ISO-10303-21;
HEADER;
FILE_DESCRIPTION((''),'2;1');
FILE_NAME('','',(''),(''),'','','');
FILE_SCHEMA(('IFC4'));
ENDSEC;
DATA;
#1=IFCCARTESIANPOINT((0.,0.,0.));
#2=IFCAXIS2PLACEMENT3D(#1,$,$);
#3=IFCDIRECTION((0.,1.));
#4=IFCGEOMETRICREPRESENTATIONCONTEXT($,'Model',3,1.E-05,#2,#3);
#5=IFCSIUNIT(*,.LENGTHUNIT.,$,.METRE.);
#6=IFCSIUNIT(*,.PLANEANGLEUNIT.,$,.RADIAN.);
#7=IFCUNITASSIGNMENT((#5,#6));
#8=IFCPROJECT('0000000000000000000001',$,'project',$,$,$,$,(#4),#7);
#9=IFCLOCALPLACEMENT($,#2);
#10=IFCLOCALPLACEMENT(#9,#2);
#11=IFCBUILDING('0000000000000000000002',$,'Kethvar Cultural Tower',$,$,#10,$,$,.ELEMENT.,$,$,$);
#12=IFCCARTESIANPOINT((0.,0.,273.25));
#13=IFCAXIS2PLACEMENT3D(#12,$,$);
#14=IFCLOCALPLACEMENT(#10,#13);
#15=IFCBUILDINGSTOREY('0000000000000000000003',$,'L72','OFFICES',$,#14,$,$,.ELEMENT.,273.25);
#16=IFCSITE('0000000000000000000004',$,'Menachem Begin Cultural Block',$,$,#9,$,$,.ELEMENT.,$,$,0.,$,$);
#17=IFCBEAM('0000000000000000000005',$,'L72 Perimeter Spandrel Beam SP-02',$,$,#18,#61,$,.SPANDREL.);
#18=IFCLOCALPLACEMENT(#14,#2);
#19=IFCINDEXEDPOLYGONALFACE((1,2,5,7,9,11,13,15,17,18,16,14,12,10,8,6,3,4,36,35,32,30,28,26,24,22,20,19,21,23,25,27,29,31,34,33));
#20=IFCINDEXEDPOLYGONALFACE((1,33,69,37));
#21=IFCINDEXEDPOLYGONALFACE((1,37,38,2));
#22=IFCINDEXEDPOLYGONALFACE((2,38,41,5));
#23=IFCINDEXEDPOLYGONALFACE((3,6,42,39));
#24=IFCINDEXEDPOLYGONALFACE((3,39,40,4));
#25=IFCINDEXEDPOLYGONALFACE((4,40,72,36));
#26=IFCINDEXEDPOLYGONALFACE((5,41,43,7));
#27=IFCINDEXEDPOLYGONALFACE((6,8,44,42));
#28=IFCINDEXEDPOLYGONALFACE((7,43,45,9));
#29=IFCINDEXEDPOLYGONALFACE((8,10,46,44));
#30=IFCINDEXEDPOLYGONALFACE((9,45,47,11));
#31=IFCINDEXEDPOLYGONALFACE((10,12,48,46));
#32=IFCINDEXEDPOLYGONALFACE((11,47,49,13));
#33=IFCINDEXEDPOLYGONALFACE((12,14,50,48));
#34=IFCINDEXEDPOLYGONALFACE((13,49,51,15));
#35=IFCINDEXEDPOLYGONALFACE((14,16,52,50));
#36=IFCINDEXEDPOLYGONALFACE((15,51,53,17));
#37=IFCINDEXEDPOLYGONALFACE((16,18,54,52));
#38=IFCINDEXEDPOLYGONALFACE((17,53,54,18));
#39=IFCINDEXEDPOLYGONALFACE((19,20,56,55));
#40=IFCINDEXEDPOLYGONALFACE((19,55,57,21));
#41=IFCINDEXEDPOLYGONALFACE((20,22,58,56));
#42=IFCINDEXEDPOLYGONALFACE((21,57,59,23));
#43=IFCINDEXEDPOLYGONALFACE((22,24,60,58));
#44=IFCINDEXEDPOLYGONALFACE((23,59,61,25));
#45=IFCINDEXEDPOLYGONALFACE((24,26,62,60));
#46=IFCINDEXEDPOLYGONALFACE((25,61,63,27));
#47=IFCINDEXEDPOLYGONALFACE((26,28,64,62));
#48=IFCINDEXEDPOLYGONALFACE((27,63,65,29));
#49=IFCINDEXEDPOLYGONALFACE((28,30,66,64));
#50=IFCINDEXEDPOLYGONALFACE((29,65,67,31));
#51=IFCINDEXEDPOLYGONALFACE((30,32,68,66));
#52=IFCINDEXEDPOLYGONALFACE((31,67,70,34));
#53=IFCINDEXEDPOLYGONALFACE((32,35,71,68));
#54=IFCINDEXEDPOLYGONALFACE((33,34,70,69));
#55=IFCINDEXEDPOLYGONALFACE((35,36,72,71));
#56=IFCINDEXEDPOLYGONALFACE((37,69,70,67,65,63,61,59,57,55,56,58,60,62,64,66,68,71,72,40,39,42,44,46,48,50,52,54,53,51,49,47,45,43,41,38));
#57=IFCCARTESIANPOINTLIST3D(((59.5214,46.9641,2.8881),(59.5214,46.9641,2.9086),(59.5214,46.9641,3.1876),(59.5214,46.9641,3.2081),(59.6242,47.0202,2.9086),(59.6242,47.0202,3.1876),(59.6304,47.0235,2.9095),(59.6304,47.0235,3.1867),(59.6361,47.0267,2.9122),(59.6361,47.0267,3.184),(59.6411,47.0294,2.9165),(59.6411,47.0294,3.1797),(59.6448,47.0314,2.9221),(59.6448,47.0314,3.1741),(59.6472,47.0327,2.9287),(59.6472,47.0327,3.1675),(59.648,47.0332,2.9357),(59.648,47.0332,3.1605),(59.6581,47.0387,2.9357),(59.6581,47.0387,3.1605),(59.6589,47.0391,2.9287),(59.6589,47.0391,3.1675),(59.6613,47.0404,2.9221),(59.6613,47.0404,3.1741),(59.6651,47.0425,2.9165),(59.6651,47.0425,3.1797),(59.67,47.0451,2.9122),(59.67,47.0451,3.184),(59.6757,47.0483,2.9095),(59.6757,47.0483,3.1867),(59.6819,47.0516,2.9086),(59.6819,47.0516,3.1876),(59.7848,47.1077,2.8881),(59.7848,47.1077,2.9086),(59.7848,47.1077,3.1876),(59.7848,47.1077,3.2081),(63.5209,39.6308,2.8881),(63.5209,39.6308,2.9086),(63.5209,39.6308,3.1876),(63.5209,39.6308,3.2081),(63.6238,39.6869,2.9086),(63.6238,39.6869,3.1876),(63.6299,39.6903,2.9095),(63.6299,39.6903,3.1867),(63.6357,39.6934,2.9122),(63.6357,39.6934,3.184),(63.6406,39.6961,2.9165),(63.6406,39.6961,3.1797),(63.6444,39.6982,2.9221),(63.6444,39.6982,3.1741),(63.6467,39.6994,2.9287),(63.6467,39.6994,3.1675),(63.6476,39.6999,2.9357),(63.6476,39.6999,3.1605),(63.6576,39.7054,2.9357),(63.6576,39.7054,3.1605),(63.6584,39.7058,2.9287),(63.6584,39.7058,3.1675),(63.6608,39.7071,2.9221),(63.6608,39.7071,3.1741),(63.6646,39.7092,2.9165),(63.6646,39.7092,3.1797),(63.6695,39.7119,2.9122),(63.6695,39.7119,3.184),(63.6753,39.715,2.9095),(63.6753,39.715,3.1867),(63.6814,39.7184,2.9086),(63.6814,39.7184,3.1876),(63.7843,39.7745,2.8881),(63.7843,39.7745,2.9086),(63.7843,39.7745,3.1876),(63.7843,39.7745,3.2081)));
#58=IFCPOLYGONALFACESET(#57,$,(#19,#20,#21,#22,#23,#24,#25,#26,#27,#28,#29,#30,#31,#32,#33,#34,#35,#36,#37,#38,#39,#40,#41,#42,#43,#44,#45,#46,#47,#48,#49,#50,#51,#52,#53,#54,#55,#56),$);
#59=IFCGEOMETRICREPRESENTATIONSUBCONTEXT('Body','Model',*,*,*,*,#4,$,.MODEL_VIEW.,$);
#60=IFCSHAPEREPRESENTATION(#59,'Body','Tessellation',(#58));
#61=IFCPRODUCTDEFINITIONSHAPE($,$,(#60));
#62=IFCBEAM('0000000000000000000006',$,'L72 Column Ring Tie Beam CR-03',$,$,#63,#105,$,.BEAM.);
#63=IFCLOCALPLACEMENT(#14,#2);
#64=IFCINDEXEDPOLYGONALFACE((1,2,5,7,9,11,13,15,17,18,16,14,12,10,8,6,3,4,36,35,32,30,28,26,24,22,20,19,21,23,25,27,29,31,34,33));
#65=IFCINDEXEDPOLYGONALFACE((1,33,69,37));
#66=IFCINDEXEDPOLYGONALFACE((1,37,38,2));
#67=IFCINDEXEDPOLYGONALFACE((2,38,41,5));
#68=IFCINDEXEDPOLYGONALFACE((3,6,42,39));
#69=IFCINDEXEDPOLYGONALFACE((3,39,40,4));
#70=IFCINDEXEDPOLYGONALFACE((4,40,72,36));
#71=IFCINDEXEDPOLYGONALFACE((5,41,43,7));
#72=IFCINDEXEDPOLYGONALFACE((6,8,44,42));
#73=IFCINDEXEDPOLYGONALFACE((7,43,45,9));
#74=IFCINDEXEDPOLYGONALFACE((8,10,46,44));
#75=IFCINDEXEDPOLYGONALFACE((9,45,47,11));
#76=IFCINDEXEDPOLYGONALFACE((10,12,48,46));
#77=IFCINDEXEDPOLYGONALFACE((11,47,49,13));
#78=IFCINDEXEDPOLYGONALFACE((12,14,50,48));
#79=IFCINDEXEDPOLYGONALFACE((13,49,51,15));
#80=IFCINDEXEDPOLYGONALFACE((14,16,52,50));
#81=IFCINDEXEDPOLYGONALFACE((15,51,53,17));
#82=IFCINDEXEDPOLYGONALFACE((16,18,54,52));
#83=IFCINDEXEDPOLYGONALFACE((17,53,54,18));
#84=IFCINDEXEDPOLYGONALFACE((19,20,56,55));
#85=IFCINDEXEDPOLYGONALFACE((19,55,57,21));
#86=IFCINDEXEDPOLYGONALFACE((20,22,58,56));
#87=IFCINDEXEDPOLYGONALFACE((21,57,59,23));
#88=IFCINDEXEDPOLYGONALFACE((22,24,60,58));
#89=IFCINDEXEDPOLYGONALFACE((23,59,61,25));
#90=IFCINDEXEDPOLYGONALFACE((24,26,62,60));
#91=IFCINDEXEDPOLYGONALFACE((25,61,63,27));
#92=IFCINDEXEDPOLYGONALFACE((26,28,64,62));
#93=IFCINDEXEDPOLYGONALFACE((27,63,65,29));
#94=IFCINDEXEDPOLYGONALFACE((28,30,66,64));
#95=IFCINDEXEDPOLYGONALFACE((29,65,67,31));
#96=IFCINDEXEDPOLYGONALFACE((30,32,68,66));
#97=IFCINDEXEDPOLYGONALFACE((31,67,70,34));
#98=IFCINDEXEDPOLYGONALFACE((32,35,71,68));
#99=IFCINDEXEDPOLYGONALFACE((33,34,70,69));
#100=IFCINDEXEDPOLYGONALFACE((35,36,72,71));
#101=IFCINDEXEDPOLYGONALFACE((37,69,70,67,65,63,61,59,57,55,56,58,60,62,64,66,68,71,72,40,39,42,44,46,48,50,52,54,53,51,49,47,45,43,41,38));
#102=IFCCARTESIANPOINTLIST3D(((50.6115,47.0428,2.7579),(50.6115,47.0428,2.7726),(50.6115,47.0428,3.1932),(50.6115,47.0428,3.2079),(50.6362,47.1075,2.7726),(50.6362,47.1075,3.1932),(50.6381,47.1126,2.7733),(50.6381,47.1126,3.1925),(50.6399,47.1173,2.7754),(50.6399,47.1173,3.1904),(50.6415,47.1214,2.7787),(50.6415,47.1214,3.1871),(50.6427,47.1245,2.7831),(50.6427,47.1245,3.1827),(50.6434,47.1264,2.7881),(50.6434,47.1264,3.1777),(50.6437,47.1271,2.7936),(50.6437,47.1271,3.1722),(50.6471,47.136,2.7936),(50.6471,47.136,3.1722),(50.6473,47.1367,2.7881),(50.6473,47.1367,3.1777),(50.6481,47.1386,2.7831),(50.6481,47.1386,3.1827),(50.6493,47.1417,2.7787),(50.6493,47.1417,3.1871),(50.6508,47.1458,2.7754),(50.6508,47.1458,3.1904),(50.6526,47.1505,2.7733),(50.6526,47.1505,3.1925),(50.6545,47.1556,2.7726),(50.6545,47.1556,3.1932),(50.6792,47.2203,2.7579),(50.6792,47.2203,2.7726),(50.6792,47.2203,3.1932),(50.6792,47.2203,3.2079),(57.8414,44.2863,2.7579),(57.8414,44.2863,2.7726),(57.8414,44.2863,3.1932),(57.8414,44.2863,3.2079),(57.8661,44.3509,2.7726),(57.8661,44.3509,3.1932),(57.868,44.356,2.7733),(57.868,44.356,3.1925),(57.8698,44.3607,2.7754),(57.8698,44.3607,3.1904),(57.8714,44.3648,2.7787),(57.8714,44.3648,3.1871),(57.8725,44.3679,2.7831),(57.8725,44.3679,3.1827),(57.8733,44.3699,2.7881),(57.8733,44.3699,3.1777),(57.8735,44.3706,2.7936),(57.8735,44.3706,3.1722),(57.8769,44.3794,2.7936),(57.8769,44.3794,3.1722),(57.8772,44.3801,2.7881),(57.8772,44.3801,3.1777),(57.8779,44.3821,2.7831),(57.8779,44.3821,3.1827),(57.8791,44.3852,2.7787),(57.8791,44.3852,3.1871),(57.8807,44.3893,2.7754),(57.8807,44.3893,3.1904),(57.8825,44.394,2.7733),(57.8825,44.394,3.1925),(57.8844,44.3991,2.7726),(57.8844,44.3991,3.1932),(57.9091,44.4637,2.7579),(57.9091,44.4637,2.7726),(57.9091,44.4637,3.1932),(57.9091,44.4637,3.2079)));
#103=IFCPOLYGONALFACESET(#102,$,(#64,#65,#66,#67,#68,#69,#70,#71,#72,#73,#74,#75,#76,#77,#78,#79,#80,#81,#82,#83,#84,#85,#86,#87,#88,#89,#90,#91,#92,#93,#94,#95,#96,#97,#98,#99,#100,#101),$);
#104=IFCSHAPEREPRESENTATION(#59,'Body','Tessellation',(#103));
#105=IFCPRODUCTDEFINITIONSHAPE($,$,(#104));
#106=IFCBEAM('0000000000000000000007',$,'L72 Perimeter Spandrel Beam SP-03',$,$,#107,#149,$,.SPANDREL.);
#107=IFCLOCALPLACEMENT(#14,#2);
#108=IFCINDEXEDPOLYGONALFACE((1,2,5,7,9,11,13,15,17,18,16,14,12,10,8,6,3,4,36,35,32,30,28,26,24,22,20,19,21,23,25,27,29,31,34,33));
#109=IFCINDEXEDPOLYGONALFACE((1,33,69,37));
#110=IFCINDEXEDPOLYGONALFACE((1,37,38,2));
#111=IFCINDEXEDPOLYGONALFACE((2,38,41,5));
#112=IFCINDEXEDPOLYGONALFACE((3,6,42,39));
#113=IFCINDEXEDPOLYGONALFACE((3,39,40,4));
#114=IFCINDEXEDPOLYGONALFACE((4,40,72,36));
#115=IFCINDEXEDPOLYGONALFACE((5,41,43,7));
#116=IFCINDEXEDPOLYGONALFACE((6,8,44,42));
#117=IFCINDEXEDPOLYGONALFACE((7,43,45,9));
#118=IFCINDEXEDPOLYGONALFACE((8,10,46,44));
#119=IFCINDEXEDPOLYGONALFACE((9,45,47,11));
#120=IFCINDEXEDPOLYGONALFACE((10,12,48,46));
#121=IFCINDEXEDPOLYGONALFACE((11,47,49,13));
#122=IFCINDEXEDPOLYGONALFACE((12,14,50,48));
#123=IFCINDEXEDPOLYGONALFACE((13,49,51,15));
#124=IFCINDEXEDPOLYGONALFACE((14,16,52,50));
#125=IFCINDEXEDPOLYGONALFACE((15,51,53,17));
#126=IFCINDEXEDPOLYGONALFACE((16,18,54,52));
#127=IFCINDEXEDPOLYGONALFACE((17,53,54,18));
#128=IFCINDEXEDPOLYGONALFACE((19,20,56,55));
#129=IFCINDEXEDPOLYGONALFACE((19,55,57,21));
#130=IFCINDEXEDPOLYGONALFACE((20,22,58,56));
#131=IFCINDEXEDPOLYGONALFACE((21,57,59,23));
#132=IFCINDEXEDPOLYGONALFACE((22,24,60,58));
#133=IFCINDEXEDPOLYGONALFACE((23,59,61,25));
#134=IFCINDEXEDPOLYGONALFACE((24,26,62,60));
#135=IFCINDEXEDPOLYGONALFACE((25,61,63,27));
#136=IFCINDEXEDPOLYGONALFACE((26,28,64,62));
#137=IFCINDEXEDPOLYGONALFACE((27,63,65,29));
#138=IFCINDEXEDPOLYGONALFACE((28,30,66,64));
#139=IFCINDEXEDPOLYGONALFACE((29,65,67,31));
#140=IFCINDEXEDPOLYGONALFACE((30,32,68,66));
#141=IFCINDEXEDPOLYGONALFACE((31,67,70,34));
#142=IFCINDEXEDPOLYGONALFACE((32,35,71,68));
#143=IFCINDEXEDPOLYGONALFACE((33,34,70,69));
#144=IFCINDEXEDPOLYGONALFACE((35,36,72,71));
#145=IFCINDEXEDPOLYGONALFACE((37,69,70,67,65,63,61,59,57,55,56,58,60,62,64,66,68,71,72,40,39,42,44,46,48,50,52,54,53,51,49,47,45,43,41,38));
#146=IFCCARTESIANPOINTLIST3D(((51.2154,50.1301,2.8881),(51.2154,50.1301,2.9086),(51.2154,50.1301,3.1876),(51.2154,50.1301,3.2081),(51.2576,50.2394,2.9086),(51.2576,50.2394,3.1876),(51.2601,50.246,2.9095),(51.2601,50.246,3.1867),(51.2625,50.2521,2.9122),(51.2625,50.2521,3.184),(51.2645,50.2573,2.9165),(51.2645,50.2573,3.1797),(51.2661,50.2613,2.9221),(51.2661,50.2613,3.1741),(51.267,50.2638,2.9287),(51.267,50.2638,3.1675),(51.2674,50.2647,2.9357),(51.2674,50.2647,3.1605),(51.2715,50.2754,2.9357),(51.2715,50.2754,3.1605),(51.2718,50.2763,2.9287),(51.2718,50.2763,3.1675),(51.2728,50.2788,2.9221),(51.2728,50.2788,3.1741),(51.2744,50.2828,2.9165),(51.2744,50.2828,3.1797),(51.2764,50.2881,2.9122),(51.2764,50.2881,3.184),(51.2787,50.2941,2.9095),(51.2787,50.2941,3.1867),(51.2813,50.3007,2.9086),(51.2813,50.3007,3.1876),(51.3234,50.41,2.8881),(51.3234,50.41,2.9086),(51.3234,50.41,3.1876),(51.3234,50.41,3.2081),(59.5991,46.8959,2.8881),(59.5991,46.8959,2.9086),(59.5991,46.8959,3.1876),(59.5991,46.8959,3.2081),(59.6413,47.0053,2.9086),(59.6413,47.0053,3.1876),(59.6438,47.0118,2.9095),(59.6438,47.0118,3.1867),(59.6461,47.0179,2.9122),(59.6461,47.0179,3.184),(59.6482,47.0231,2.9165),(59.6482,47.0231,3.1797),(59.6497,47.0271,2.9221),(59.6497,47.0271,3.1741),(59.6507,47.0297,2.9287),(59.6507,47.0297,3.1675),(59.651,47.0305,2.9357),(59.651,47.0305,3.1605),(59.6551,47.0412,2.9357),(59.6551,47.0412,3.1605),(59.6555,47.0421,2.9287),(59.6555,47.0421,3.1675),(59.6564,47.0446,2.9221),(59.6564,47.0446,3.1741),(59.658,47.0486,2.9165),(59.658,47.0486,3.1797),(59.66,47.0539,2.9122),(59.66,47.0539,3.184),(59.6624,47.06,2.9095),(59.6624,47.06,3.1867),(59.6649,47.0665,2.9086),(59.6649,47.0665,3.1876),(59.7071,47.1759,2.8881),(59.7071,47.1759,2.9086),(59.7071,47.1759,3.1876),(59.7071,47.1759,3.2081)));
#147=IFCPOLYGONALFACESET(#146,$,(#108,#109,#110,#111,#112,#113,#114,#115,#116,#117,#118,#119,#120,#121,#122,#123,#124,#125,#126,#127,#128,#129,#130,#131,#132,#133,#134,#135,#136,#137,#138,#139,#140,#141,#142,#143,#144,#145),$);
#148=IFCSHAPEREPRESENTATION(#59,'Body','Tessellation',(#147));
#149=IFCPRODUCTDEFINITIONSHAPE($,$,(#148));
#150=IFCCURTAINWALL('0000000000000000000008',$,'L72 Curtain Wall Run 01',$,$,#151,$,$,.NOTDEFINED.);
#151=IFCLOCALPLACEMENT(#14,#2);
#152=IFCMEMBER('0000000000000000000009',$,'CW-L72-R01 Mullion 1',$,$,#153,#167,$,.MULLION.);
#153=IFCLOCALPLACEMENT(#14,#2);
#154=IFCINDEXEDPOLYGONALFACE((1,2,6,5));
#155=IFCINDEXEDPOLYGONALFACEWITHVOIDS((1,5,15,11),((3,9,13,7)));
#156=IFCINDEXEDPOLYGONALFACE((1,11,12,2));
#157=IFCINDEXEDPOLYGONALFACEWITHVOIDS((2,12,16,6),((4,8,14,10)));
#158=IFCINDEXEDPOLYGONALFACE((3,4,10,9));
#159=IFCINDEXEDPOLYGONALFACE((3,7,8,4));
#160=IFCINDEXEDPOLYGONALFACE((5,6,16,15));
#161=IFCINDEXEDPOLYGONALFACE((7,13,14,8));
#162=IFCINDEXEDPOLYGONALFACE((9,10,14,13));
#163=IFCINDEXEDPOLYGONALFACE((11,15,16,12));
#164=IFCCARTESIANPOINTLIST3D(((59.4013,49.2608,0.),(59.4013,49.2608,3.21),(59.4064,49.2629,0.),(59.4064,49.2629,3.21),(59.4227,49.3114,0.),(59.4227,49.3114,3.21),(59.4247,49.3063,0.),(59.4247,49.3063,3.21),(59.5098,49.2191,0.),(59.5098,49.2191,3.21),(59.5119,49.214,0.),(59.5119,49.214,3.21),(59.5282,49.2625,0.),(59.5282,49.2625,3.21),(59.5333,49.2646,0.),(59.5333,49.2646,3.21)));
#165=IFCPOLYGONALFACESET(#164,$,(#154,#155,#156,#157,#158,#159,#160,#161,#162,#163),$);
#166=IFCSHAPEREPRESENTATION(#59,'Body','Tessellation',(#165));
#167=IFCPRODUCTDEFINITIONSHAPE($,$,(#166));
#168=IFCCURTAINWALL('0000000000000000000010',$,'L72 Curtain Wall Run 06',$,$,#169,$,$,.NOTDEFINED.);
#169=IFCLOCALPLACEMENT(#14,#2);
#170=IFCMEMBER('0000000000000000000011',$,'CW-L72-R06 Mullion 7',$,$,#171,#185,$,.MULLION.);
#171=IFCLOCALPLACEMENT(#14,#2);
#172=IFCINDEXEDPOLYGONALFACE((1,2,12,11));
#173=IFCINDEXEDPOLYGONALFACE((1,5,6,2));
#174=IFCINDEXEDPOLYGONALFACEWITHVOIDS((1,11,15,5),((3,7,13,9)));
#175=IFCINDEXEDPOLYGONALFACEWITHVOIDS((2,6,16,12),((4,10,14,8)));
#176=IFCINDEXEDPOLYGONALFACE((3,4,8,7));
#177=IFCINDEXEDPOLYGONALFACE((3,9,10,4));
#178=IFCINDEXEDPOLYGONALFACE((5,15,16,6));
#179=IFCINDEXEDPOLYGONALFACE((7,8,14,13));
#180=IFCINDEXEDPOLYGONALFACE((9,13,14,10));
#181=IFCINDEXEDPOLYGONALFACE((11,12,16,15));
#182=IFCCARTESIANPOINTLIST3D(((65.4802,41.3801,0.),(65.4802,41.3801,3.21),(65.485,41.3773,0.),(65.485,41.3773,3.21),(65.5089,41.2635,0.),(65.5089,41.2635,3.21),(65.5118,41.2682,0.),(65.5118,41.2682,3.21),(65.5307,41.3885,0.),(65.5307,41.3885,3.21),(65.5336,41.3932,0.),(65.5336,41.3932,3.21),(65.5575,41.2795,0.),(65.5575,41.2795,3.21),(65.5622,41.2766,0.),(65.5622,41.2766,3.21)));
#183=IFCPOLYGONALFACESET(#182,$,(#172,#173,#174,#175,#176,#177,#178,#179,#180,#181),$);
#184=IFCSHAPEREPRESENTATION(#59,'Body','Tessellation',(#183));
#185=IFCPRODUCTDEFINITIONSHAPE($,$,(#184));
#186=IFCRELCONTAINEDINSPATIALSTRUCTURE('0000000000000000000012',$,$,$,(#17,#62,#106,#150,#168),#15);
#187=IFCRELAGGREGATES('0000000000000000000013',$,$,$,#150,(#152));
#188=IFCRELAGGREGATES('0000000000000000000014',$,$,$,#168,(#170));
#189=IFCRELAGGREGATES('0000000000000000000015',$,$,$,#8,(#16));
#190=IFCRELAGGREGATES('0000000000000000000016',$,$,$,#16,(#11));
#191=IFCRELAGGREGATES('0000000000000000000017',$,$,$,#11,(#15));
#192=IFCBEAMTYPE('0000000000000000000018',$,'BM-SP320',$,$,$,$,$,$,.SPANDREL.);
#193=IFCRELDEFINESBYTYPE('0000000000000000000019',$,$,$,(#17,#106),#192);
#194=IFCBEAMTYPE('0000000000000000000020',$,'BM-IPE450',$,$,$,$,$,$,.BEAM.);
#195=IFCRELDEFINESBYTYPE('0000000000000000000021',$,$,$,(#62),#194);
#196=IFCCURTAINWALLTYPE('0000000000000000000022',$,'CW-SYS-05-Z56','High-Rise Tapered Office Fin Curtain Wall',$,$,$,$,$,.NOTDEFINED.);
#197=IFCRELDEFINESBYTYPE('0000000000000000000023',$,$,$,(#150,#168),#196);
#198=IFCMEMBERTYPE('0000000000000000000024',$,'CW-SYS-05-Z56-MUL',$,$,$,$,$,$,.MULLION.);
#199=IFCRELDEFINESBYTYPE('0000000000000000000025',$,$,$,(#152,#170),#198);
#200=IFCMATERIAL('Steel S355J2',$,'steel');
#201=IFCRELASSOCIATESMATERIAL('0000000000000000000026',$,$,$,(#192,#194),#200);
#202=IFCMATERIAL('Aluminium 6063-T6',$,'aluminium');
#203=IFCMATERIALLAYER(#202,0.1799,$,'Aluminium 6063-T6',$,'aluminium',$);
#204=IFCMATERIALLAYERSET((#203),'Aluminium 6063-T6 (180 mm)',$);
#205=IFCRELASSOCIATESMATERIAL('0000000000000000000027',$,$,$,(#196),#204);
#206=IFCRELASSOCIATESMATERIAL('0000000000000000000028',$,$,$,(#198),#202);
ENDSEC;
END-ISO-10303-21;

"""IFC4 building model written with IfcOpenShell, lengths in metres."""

from ifc_helpers import new_model, si_unit, direction, frame, origin, origin_2d, place, context, subcontext, project, spatial, hollow_rectangle, i_section, extrude, source, transform, mapped, material, layer, layer_set, material_profile, profile_set, type_object, element, aggregate, save


model = new_model("IFC4")

# Units and contexts
model_context = context("Model", 3, precision=1e-05, world=origin(), true_north=direction((0.0, 1.0)))
body_context = subcontext(model_context, "Body", "Model", "MODEL_VIEW")
ifc_project = project(units=[si_unit("LENGTHUNIT", "METRE"), si_unit("PLANEANGLEUNIT", "RADIAN")], contexts=[model_context])

# Site, building, storey
site_placement = place(None, origin())
site = spatial("IfcSite", under=ifc_project, at=site_placement, Name="Menachem Begin Cultural Block", CompositionType="ELEMENT", RefElevation=0.0)
building_placement = place(site_placement, origin())
building = spatial("IfcBuilding", under=site, at=building_placement, Name="Kethvar Cultural Tower", CompositionType="ELEMENT")
storey_placement = place(building_placement, frame((0.0, 0.0, 273.25)))
storey = spatial("IfcBuildingStorey", under=building, at=storey_placement, Name="L72", Description="OFFICES", CompositionType="ELEMENT", Elevation=273.25)

# Beams
ifc_material_1 = material(Name="Steel S355J2", Category="steel")
ifc_material_profile_1 = material_profile(ifc_material_1, i_section(OverallWidth=0.3, OverallDepth=0.3201, WebThickness=0.0115, FlangeThickness=0.0205, FilletRadius=0.0271, at=origin_2d()), Name="Steel S355J2 — HEB320")
ifc_profile_set_1 = profile_set([ifc_material_profile_1], Name="Steel S355J2 — HEB320")
beam_type_1 = type_object("IfcBeamType", Name="BM-SP320", PredefinedType="SPANDREL", material=ifc_profile_set_1)
shared_shape_1 = source(origin(), body_context, "Body", "SweptSolid", [
    extrude(i_section(OverallWidth=0.3, OverallDepth=0.3201, WebThickness=0.0115, FlangeThickness=0.0205, FilletRadius=0.0271, at=origin_2d()), origin(), (0.0, 0.0, 1.0), 8.353),
])
beam_1_placement = place(storey_placement, frame((63.6526, 39.7026, 3.0481), z_axis=(-0.478811, 0.877918, 0.0), x_axis=(-0.877918, -0.478811, 0.0)))
element("IfcBeam", 1, at=beam_1_placement, inside=storey, type_object=beam_type_1, Name="L72 Perimeter Spandrel Beam SP-02", PredefinedType="SPANDREL", context=body_context, shape_type="MappedRepresentation", body=[
    mapped(shared_shape_1, transform((0.0, 0.0, 0.0), scale=1.0)),
])
ifc_material_profile_2 = material_profile(ifc_material_1, i_section(OverallWidth=0.1899, OverallDepth=0.45, WebThickness=0.0095, FlangeThickness=0.0146, FilletRadius=0.021, at=origin_2d()), Name="Steel S355J2 — IPE450")
ifc_profile_set_2 = profile_set([ifc_material_profile_2], Name="Steel S355J2 — IPE450")
beam_type_2 = type_object("IfcBeamType", Name="BM-IPE450", PredefinedType="BEAM", material=ifc_profile_set_2)
shared_shape_2 = source(origin(), body_context, "Body", "SweptSolid", [
    extrude(i_section(OverallWidth=0.1899, OverallDepth=0.45, WebThickness=0.0095, FlangeThickness=0.0146, FilletRadius=0.021, at=origin_2d()), origin(), (0.0, 0.0, 1.0), 7.7375),
])
beam_2_placement = place(storey_placement, frame((57.8752, 44.375, 2.9829), z_axis=(-0.934388, 0.356256, 0.0), x_axis=(-0.356256, -0.934388, 0.0)))
element("IfcBeam", 2, at=beam_2_placement, inside=storey, type_object=beam_type_2, Name="L72 Column Ring Tie Beam CR-03", PredefinedType="BEAM", context=body_context, shape_type="MappedRepresentation", body=[
    mapped(shared_shape_2, transform((0.0, 0.0, 0.0), scale=1.0)),
])
shared_shape_3 = source(origin(), body_context, "Body", "SweptSolid", [
    extrude(i_section(OverallWidth=0.3, OverallDepth=0.3201, WebThickness=0.0115, FlangeThickness=0.0205, FilletRadius=0.0271, at=origin_2d()), origin(), (0.0, 0.0, 1.0), 8.9858),
])
beam_3_placement = place(storey_placement, frame((59.6531, 47.0359, 3.0481), z_axis=(-0.932984, 0.359918, 0.0), x_axis=(-0.359918, -0.932984, 0.0)))
element("IfcBeam", 3, at=beam_3_placement, inside=storey, type_object=beam_type_1, Name="L72 Perimeter Spandrel Beam SP-03", PredefinedType="SPANDREL", context=body_context, shape_type="MappedRepresentation", body=[
    mapped(shared_shape_3, transform((0.0, 0.0, 0.0), scale=1.0)),
])

# Curtain walls, members
ifc_material_2 = material(Name="Aluminium 6063-T6", Category="aluminium")
ifc_layer_1 = layer(ifc_material_2, 0.1799, Name="Aluminium 6063-T6", Category="aluminium")
ifc_layer_set_1 = layer_set([ifc_layer_1], Name="Aluminium 6063-T6 (180 mm)")
curtain_wall_type = type_object("IfcCurtainWallType", Name="CW-SYS-05-Z56", Description="High-Rise Tapered Office Fin Curtain Wall", PredefinedType="NOTDEFINED", material=ifc_layer_set_1)
curtain_wall_1_placement = place(storey_placement, origin())
curtain_wall_1 = element("IfcCurtainWall", 4, at=curtain_wall_1_placement, inside=storey, type_object=curtain_wall_type, Name="L72 Curtain Wall Run 01", PredefinedType="NOTDEFINED")
ifc_material_profile_3 = material_profile(ifc_material_2, hollow_rectangle(XDim=0.0549, YDim=0.1201, WallThickness=0.0039, at=origin_2d()), Name="Aluminium 6063-T6 — RHS120x55x4")
ifc_profile_set_3 = profile_set([ifc_material_profile_3], Name="Aluminium 6063-T6 — RHS120x55x4")
member_type_1 = type_object("IfcMemberType", Name="CW-SYS-05-Z56-MUL", PredefinedType="MULLION", material=ifc_profile_set_3)
shared_shape_4 = source(origin(), body_context, "Body", "SweptSolid", [
    extrude(hollow_rectangle(XDim=0.0549, YDim=0.1201, WallThickness=0.0039, at=origin_2d()), origin(), (0.0, 0.0, 1.0), 3.21),
])
member_1_placement = place(storey_placement, frame((59.4673, 49.2627, 0.0), z_axis=(0.0, 0.0, 1.0), x_axis=(-0.38959, -0.920988, 0.0)))
member_1 = element("IfcMember", 5, at=member_1_placement, type_object=member_type_1, Name="CW-L72-R01 Mullion 1", PredefinedType="MULLION", context=body_context, shape_type="MappedRepresentation", body=[
    mapped(shared_shape_4, transform((0.0, 0.0, 0.0), scale=1.0)),
])
curtain_wall_2_placement = place(storey_placement, origin())
curtain_wall_2 = element("IfcCurtainWall", 6, at=curtain_wall_2_placement, inside=storey, type_object=curtain_wall_type, Name="L72 Curtain Wall Run 06", PredefinedType="NOTDEFINED")
member_2_placement = place(storey_placement, frame((65.5212, 41.3284, 0.0), z_axis=(0.0, 0.0, 1.0), x_axis=(-0.971138, -0.238517, 0.0)))
member_2 = element("IfcMember", 7, at=member_2_placement, type_object=member_type_1, Name="CW-L72-R06 Mullion 7", PredefinedType="MULLION", context=body_context, shape_type="MappedRepresentation", body=[
    mapped(shared_shape_4, transform((0.0, 0.0, 0.0), scale=1.0)),
])

aggregate(curtain_wall_1, [member_1])
aggregate(curtain_wall_2, [member_2])

save(model, "model.ifc")
